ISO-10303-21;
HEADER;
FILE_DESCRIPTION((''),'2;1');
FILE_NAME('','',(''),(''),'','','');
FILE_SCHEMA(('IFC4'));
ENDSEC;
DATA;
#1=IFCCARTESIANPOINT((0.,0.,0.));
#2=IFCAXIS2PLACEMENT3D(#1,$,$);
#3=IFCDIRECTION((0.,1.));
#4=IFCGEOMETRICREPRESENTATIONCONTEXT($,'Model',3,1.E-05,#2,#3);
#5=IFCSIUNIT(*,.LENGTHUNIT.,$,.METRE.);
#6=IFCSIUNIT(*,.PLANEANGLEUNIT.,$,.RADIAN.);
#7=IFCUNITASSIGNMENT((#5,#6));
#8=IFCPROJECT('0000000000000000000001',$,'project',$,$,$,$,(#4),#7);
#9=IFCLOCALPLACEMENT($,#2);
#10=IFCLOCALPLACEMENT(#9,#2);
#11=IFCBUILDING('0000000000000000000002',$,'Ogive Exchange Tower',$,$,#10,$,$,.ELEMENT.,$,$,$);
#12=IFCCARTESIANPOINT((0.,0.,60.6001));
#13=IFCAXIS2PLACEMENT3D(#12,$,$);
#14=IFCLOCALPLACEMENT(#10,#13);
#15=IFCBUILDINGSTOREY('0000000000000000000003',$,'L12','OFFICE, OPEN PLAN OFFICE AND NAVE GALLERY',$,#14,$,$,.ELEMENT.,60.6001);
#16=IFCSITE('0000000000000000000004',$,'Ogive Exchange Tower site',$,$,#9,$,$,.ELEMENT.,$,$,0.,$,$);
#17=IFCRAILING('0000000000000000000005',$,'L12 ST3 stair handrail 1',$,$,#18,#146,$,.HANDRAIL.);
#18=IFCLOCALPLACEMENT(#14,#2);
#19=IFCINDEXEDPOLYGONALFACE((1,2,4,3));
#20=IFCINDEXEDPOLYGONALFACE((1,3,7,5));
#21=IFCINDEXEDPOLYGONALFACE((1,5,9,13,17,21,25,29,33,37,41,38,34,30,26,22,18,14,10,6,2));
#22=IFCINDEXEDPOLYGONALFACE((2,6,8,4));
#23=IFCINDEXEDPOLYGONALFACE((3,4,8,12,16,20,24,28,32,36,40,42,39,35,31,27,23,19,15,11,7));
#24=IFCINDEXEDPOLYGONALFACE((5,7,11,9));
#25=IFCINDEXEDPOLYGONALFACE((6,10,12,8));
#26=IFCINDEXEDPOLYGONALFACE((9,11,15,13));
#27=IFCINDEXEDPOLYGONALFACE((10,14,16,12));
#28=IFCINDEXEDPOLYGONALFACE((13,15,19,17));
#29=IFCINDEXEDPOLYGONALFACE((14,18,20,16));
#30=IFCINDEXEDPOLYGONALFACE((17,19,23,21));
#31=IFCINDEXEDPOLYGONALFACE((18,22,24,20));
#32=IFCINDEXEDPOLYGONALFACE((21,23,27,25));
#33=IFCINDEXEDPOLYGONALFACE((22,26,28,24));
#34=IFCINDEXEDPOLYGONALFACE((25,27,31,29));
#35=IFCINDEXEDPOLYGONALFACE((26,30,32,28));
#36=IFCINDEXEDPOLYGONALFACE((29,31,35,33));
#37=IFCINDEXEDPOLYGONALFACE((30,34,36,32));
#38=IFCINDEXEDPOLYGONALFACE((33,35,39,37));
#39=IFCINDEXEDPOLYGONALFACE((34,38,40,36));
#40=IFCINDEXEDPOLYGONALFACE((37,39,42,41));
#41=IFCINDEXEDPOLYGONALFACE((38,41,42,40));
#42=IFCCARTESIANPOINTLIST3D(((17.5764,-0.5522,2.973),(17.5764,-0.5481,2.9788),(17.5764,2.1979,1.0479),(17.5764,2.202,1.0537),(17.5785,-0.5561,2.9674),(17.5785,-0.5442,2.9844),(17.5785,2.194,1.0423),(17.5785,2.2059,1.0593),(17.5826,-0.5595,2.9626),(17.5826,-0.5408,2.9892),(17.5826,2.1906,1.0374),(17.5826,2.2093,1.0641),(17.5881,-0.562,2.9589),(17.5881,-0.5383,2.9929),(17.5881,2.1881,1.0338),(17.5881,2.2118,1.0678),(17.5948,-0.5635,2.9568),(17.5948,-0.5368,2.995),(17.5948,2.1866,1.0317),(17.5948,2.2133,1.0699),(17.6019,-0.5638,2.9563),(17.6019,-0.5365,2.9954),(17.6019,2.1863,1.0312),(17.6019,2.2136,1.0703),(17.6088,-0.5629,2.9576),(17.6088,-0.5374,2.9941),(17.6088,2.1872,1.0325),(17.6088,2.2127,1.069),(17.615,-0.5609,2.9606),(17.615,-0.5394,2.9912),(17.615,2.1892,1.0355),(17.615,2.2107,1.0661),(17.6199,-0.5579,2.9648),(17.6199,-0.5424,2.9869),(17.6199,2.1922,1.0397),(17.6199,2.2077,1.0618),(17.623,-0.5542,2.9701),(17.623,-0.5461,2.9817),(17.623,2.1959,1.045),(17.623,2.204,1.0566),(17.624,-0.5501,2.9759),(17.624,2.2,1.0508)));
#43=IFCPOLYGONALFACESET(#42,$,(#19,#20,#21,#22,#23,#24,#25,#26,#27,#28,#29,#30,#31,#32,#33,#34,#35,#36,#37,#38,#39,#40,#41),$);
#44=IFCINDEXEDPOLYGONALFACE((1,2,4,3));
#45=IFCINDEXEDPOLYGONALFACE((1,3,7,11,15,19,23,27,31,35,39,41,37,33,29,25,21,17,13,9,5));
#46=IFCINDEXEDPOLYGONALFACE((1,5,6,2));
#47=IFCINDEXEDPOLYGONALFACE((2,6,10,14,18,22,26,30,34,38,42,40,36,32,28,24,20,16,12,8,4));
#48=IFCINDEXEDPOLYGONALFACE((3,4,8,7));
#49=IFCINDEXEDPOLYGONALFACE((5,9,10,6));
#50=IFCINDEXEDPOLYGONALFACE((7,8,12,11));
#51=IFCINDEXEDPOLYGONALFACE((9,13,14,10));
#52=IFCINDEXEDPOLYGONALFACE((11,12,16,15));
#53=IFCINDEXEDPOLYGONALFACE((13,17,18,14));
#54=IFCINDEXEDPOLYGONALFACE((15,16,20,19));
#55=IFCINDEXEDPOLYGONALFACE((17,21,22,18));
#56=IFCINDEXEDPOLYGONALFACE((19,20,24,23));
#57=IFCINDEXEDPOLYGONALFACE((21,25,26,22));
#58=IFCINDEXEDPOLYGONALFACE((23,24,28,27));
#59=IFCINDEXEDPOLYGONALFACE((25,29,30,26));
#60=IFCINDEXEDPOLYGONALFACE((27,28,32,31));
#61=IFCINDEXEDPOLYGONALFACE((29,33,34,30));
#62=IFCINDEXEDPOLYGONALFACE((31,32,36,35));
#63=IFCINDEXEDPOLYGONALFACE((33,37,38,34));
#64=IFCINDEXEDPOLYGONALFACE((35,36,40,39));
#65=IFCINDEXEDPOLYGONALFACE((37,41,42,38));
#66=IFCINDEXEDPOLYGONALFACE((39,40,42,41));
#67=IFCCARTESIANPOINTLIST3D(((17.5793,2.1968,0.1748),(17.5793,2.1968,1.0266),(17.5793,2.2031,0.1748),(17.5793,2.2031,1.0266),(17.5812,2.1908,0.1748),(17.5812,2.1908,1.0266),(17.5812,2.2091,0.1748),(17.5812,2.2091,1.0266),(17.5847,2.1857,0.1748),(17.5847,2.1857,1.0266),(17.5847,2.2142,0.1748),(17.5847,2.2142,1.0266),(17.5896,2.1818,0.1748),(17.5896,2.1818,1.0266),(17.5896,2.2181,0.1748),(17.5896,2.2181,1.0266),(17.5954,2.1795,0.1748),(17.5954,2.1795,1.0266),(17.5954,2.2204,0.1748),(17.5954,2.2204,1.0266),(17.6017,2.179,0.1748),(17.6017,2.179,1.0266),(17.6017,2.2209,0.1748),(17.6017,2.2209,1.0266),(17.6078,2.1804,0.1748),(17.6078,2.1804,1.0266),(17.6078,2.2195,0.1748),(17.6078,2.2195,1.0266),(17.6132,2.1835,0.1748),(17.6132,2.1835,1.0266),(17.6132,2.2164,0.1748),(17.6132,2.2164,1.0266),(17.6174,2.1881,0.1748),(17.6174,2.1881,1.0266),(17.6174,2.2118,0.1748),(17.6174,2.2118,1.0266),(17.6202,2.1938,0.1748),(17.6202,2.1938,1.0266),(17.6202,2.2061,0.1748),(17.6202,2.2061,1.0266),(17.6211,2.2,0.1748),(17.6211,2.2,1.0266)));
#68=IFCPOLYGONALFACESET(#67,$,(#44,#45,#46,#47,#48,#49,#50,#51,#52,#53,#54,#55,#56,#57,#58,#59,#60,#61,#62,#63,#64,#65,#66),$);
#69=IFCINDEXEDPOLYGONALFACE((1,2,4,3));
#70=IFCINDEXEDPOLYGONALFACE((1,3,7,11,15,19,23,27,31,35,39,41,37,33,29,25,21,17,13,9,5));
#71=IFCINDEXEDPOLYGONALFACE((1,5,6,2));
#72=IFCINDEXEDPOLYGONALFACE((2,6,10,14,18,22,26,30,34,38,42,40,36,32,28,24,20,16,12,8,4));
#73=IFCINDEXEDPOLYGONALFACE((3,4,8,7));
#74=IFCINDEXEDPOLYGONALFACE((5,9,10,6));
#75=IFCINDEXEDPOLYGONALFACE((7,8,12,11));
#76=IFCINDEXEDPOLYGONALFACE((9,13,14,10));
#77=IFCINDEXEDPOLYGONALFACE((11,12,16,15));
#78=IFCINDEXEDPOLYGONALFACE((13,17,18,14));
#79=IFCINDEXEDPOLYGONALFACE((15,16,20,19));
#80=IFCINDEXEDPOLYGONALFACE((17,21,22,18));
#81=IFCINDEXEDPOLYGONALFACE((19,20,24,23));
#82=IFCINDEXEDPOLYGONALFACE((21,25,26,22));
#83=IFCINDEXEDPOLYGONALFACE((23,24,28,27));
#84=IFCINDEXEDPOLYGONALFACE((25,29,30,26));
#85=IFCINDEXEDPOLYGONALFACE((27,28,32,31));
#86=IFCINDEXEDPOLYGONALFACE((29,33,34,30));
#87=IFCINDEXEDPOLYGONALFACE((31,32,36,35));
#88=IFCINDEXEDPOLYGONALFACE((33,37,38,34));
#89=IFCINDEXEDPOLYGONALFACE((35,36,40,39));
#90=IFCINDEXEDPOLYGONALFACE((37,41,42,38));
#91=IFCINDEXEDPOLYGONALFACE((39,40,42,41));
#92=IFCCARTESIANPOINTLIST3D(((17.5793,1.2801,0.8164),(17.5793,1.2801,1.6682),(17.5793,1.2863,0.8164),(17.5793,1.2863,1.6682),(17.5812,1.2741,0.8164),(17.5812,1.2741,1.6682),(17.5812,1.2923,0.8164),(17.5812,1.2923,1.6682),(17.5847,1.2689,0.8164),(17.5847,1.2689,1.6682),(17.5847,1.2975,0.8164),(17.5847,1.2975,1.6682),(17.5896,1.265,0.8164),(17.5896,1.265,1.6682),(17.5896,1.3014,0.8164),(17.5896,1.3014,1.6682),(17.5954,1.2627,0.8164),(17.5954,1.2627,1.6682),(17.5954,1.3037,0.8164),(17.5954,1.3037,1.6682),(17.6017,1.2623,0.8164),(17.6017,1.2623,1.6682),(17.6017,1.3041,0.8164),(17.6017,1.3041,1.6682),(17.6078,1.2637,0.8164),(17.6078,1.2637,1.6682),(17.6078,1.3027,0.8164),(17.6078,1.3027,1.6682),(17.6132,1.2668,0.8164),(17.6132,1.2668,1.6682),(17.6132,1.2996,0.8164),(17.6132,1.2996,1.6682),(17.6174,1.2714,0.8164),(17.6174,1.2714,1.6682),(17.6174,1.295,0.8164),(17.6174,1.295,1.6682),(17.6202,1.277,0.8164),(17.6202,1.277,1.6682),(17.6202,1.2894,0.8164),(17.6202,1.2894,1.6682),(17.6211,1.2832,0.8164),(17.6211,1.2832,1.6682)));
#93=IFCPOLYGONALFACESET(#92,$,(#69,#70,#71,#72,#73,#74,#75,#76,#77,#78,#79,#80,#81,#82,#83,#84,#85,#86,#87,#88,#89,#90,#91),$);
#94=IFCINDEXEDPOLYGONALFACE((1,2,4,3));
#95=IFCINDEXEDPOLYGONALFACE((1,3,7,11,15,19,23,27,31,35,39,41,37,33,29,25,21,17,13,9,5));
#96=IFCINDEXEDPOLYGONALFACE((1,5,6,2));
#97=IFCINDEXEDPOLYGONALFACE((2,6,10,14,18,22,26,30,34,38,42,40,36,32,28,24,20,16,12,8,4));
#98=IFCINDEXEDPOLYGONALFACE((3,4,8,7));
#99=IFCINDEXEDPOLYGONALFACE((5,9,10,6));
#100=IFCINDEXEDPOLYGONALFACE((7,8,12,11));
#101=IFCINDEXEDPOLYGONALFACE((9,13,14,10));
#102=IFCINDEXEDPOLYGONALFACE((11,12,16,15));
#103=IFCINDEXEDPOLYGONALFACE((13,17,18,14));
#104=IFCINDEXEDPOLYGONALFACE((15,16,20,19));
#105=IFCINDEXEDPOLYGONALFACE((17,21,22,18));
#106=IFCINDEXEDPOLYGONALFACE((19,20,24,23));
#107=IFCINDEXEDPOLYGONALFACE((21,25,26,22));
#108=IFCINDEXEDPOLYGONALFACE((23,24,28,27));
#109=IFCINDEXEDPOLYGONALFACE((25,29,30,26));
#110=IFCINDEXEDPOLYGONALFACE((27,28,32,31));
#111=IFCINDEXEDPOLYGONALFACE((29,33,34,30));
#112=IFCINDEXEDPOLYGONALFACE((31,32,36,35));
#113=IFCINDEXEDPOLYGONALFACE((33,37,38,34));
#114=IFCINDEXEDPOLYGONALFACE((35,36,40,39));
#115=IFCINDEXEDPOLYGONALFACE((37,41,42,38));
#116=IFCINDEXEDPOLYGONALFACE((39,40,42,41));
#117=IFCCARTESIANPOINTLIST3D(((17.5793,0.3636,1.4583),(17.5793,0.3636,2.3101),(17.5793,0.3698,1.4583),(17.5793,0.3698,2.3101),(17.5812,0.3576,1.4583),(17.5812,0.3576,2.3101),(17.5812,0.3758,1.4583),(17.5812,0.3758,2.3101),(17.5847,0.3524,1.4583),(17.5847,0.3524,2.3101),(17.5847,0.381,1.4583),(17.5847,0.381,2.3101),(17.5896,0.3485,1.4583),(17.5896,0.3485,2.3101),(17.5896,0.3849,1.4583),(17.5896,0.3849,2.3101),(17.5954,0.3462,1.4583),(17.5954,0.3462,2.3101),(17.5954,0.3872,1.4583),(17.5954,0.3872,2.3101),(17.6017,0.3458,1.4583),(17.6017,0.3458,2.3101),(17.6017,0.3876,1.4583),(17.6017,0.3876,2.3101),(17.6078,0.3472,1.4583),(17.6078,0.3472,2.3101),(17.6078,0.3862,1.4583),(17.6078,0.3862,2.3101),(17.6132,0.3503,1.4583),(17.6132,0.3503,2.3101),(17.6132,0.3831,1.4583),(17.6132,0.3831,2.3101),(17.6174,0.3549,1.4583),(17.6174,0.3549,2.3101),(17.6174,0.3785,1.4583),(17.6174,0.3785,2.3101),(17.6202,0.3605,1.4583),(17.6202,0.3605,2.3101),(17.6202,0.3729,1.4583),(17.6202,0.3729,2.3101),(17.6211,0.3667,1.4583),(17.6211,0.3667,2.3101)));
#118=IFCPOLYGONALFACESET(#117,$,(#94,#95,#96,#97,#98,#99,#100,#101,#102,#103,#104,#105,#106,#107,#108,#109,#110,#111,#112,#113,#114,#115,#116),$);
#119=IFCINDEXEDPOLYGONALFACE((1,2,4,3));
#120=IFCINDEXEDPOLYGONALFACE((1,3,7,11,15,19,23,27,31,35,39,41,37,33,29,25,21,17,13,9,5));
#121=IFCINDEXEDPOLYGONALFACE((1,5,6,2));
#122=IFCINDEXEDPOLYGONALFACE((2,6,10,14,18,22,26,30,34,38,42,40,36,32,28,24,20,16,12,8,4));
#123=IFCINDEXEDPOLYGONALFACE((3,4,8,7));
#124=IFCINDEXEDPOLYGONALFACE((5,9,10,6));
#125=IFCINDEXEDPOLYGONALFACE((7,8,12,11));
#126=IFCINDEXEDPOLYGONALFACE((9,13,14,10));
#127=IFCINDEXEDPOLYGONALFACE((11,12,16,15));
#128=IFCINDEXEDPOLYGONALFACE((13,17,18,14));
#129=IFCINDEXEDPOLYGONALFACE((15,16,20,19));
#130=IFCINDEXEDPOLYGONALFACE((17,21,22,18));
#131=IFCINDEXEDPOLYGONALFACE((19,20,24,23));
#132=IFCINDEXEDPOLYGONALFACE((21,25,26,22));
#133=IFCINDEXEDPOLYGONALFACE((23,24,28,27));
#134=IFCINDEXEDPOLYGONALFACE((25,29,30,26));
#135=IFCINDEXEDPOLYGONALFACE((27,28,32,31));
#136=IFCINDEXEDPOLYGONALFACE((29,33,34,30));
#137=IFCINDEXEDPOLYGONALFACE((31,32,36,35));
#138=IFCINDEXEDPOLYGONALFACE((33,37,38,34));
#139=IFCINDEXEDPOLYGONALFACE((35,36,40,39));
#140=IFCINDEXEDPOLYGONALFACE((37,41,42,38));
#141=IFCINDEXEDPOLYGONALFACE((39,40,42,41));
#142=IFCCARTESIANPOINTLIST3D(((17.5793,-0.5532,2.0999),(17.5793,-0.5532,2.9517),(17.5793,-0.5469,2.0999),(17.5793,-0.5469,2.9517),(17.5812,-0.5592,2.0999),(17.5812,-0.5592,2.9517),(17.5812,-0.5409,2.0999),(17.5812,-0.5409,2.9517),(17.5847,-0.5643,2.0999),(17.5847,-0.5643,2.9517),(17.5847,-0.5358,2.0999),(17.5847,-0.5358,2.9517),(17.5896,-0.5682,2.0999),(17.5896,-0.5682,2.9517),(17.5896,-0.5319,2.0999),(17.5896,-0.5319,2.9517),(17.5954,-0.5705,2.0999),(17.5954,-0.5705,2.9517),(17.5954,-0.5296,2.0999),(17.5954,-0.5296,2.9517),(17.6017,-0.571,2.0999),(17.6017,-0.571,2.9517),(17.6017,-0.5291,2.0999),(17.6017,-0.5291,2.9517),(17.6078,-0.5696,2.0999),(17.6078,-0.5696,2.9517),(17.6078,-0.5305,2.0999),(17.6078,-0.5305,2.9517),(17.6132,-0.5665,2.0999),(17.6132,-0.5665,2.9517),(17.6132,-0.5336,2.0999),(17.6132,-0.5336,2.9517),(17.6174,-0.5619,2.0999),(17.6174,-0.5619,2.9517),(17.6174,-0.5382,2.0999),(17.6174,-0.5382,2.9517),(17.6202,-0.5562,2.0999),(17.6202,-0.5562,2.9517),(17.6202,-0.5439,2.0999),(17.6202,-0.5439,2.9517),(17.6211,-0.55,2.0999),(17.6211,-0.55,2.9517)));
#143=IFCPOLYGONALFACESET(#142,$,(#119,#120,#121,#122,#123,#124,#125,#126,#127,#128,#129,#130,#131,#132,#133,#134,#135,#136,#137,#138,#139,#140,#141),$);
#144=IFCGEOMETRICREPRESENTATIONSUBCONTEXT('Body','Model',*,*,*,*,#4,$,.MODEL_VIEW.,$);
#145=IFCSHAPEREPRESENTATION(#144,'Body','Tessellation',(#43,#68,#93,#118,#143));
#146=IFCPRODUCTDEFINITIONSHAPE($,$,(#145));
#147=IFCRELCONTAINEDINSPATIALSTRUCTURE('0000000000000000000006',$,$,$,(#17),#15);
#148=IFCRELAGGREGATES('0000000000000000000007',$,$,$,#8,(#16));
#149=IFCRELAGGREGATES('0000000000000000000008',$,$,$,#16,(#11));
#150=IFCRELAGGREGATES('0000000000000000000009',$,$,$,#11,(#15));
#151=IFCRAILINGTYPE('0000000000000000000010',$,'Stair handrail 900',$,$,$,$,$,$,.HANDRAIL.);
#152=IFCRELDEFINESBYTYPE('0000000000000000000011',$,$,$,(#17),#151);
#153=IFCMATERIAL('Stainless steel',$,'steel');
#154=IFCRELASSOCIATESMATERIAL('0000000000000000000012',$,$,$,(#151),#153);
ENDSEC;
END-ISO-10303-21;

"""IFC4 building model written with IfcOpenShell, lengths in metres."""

from ifc_helpers import new_model, si_unit, direction, frame, origin, origin_2d, place, context, subcontext, project, spatial, circle, extrude, material, type_object, element, save


model = new_model("IFC4")

# Units and contexts
model_context = context("Model", 3, precision=1e-05, world=origin(), true_north=direction((0.0, 1.0)))
body_context = subcontext(model_context, "Body", "Model", "MODEL_VIEW")
ifc_project = project(units=[si_unit("LENGTHUNIT", "METRE"), si_unit("PLANEANGLEUNIT", "RADIAN")], contexts=[model_context])

# Site, building, storey
site_placement = place(None, origin())
site = spatial("IfcSite", under=ifc_project, at=site_placement, Name="Ogive Exchange Tower site", CompositionType="ELEMENT", RefElevation=0.0)
building_placement = place(site_placement, origin())
building = spatial("IfcBuilding", under=site, at=building_placement, Name="Ogive Exchange Tower", CompositionType="ELEMENT")
storey_placement = place(building_placement, frame((0.0, 0.0, 60.6001)))
storey = spatial("IfcBuildingStorey", under=building, at=storey_placement, Name="L12", Description="OFFICE, OPEN PLAN OFFICE AND NAVE GALLERY", CompositionType="ELEMENT", Elevation=60.6001)

# Shared definitions
ifc_material_1 = material(Name="Stainless steel", Category="steel")

# Railing
railing_type = type_object("IfcRailingType", Name="Stair handrail 900", PredefinedType="HANDRAIL", material=ifc_material_1)
railing_placement = place(storey_placement, frame((17.6001, 2.2, 0.1748)))
element("IfcRailing", 1, at=railing_placement, inside=storey, type_object=railing_type, Name="L12 ST3 stair handrail 1", PredefinedType="HANDRAIL", context=body_context, shape_type="SweptSolid", body=[
    extrude(circle(Radius=0.0239, at=origin_2d()), frame((0.0, 0.0, 0.876), z_axis=(0.0, -0.819225, 0.573472), x_axis=(1.0, 0.0, 0.0)), (0.0, 0.0, 1.0), 3.3569),
    extrude(circle(Radius=0.021, at=origin_2d()), origin(), (0.0, 0.0, 1.0), 0.8518),
    extrude(circle(Radius=0.021, at=origin_2d()), frame((0.0, -0.9167, 0.6416)), (0.0, 0.0, 1.0), 0.8518),
    extrude(circle(Radius=0.021, at=origin_2d()), frame((0.0, -1.8333, 1.2834)), (0.0, 0.0, 1.0), 0.8518),
    extrude(circle(Radius=0.021, at=origin_2d()), frame((0.0, -2.75, 1.925)), (0.0, 0.0, 1.0), 0.8518),
])

save(model, "model.ifc")
